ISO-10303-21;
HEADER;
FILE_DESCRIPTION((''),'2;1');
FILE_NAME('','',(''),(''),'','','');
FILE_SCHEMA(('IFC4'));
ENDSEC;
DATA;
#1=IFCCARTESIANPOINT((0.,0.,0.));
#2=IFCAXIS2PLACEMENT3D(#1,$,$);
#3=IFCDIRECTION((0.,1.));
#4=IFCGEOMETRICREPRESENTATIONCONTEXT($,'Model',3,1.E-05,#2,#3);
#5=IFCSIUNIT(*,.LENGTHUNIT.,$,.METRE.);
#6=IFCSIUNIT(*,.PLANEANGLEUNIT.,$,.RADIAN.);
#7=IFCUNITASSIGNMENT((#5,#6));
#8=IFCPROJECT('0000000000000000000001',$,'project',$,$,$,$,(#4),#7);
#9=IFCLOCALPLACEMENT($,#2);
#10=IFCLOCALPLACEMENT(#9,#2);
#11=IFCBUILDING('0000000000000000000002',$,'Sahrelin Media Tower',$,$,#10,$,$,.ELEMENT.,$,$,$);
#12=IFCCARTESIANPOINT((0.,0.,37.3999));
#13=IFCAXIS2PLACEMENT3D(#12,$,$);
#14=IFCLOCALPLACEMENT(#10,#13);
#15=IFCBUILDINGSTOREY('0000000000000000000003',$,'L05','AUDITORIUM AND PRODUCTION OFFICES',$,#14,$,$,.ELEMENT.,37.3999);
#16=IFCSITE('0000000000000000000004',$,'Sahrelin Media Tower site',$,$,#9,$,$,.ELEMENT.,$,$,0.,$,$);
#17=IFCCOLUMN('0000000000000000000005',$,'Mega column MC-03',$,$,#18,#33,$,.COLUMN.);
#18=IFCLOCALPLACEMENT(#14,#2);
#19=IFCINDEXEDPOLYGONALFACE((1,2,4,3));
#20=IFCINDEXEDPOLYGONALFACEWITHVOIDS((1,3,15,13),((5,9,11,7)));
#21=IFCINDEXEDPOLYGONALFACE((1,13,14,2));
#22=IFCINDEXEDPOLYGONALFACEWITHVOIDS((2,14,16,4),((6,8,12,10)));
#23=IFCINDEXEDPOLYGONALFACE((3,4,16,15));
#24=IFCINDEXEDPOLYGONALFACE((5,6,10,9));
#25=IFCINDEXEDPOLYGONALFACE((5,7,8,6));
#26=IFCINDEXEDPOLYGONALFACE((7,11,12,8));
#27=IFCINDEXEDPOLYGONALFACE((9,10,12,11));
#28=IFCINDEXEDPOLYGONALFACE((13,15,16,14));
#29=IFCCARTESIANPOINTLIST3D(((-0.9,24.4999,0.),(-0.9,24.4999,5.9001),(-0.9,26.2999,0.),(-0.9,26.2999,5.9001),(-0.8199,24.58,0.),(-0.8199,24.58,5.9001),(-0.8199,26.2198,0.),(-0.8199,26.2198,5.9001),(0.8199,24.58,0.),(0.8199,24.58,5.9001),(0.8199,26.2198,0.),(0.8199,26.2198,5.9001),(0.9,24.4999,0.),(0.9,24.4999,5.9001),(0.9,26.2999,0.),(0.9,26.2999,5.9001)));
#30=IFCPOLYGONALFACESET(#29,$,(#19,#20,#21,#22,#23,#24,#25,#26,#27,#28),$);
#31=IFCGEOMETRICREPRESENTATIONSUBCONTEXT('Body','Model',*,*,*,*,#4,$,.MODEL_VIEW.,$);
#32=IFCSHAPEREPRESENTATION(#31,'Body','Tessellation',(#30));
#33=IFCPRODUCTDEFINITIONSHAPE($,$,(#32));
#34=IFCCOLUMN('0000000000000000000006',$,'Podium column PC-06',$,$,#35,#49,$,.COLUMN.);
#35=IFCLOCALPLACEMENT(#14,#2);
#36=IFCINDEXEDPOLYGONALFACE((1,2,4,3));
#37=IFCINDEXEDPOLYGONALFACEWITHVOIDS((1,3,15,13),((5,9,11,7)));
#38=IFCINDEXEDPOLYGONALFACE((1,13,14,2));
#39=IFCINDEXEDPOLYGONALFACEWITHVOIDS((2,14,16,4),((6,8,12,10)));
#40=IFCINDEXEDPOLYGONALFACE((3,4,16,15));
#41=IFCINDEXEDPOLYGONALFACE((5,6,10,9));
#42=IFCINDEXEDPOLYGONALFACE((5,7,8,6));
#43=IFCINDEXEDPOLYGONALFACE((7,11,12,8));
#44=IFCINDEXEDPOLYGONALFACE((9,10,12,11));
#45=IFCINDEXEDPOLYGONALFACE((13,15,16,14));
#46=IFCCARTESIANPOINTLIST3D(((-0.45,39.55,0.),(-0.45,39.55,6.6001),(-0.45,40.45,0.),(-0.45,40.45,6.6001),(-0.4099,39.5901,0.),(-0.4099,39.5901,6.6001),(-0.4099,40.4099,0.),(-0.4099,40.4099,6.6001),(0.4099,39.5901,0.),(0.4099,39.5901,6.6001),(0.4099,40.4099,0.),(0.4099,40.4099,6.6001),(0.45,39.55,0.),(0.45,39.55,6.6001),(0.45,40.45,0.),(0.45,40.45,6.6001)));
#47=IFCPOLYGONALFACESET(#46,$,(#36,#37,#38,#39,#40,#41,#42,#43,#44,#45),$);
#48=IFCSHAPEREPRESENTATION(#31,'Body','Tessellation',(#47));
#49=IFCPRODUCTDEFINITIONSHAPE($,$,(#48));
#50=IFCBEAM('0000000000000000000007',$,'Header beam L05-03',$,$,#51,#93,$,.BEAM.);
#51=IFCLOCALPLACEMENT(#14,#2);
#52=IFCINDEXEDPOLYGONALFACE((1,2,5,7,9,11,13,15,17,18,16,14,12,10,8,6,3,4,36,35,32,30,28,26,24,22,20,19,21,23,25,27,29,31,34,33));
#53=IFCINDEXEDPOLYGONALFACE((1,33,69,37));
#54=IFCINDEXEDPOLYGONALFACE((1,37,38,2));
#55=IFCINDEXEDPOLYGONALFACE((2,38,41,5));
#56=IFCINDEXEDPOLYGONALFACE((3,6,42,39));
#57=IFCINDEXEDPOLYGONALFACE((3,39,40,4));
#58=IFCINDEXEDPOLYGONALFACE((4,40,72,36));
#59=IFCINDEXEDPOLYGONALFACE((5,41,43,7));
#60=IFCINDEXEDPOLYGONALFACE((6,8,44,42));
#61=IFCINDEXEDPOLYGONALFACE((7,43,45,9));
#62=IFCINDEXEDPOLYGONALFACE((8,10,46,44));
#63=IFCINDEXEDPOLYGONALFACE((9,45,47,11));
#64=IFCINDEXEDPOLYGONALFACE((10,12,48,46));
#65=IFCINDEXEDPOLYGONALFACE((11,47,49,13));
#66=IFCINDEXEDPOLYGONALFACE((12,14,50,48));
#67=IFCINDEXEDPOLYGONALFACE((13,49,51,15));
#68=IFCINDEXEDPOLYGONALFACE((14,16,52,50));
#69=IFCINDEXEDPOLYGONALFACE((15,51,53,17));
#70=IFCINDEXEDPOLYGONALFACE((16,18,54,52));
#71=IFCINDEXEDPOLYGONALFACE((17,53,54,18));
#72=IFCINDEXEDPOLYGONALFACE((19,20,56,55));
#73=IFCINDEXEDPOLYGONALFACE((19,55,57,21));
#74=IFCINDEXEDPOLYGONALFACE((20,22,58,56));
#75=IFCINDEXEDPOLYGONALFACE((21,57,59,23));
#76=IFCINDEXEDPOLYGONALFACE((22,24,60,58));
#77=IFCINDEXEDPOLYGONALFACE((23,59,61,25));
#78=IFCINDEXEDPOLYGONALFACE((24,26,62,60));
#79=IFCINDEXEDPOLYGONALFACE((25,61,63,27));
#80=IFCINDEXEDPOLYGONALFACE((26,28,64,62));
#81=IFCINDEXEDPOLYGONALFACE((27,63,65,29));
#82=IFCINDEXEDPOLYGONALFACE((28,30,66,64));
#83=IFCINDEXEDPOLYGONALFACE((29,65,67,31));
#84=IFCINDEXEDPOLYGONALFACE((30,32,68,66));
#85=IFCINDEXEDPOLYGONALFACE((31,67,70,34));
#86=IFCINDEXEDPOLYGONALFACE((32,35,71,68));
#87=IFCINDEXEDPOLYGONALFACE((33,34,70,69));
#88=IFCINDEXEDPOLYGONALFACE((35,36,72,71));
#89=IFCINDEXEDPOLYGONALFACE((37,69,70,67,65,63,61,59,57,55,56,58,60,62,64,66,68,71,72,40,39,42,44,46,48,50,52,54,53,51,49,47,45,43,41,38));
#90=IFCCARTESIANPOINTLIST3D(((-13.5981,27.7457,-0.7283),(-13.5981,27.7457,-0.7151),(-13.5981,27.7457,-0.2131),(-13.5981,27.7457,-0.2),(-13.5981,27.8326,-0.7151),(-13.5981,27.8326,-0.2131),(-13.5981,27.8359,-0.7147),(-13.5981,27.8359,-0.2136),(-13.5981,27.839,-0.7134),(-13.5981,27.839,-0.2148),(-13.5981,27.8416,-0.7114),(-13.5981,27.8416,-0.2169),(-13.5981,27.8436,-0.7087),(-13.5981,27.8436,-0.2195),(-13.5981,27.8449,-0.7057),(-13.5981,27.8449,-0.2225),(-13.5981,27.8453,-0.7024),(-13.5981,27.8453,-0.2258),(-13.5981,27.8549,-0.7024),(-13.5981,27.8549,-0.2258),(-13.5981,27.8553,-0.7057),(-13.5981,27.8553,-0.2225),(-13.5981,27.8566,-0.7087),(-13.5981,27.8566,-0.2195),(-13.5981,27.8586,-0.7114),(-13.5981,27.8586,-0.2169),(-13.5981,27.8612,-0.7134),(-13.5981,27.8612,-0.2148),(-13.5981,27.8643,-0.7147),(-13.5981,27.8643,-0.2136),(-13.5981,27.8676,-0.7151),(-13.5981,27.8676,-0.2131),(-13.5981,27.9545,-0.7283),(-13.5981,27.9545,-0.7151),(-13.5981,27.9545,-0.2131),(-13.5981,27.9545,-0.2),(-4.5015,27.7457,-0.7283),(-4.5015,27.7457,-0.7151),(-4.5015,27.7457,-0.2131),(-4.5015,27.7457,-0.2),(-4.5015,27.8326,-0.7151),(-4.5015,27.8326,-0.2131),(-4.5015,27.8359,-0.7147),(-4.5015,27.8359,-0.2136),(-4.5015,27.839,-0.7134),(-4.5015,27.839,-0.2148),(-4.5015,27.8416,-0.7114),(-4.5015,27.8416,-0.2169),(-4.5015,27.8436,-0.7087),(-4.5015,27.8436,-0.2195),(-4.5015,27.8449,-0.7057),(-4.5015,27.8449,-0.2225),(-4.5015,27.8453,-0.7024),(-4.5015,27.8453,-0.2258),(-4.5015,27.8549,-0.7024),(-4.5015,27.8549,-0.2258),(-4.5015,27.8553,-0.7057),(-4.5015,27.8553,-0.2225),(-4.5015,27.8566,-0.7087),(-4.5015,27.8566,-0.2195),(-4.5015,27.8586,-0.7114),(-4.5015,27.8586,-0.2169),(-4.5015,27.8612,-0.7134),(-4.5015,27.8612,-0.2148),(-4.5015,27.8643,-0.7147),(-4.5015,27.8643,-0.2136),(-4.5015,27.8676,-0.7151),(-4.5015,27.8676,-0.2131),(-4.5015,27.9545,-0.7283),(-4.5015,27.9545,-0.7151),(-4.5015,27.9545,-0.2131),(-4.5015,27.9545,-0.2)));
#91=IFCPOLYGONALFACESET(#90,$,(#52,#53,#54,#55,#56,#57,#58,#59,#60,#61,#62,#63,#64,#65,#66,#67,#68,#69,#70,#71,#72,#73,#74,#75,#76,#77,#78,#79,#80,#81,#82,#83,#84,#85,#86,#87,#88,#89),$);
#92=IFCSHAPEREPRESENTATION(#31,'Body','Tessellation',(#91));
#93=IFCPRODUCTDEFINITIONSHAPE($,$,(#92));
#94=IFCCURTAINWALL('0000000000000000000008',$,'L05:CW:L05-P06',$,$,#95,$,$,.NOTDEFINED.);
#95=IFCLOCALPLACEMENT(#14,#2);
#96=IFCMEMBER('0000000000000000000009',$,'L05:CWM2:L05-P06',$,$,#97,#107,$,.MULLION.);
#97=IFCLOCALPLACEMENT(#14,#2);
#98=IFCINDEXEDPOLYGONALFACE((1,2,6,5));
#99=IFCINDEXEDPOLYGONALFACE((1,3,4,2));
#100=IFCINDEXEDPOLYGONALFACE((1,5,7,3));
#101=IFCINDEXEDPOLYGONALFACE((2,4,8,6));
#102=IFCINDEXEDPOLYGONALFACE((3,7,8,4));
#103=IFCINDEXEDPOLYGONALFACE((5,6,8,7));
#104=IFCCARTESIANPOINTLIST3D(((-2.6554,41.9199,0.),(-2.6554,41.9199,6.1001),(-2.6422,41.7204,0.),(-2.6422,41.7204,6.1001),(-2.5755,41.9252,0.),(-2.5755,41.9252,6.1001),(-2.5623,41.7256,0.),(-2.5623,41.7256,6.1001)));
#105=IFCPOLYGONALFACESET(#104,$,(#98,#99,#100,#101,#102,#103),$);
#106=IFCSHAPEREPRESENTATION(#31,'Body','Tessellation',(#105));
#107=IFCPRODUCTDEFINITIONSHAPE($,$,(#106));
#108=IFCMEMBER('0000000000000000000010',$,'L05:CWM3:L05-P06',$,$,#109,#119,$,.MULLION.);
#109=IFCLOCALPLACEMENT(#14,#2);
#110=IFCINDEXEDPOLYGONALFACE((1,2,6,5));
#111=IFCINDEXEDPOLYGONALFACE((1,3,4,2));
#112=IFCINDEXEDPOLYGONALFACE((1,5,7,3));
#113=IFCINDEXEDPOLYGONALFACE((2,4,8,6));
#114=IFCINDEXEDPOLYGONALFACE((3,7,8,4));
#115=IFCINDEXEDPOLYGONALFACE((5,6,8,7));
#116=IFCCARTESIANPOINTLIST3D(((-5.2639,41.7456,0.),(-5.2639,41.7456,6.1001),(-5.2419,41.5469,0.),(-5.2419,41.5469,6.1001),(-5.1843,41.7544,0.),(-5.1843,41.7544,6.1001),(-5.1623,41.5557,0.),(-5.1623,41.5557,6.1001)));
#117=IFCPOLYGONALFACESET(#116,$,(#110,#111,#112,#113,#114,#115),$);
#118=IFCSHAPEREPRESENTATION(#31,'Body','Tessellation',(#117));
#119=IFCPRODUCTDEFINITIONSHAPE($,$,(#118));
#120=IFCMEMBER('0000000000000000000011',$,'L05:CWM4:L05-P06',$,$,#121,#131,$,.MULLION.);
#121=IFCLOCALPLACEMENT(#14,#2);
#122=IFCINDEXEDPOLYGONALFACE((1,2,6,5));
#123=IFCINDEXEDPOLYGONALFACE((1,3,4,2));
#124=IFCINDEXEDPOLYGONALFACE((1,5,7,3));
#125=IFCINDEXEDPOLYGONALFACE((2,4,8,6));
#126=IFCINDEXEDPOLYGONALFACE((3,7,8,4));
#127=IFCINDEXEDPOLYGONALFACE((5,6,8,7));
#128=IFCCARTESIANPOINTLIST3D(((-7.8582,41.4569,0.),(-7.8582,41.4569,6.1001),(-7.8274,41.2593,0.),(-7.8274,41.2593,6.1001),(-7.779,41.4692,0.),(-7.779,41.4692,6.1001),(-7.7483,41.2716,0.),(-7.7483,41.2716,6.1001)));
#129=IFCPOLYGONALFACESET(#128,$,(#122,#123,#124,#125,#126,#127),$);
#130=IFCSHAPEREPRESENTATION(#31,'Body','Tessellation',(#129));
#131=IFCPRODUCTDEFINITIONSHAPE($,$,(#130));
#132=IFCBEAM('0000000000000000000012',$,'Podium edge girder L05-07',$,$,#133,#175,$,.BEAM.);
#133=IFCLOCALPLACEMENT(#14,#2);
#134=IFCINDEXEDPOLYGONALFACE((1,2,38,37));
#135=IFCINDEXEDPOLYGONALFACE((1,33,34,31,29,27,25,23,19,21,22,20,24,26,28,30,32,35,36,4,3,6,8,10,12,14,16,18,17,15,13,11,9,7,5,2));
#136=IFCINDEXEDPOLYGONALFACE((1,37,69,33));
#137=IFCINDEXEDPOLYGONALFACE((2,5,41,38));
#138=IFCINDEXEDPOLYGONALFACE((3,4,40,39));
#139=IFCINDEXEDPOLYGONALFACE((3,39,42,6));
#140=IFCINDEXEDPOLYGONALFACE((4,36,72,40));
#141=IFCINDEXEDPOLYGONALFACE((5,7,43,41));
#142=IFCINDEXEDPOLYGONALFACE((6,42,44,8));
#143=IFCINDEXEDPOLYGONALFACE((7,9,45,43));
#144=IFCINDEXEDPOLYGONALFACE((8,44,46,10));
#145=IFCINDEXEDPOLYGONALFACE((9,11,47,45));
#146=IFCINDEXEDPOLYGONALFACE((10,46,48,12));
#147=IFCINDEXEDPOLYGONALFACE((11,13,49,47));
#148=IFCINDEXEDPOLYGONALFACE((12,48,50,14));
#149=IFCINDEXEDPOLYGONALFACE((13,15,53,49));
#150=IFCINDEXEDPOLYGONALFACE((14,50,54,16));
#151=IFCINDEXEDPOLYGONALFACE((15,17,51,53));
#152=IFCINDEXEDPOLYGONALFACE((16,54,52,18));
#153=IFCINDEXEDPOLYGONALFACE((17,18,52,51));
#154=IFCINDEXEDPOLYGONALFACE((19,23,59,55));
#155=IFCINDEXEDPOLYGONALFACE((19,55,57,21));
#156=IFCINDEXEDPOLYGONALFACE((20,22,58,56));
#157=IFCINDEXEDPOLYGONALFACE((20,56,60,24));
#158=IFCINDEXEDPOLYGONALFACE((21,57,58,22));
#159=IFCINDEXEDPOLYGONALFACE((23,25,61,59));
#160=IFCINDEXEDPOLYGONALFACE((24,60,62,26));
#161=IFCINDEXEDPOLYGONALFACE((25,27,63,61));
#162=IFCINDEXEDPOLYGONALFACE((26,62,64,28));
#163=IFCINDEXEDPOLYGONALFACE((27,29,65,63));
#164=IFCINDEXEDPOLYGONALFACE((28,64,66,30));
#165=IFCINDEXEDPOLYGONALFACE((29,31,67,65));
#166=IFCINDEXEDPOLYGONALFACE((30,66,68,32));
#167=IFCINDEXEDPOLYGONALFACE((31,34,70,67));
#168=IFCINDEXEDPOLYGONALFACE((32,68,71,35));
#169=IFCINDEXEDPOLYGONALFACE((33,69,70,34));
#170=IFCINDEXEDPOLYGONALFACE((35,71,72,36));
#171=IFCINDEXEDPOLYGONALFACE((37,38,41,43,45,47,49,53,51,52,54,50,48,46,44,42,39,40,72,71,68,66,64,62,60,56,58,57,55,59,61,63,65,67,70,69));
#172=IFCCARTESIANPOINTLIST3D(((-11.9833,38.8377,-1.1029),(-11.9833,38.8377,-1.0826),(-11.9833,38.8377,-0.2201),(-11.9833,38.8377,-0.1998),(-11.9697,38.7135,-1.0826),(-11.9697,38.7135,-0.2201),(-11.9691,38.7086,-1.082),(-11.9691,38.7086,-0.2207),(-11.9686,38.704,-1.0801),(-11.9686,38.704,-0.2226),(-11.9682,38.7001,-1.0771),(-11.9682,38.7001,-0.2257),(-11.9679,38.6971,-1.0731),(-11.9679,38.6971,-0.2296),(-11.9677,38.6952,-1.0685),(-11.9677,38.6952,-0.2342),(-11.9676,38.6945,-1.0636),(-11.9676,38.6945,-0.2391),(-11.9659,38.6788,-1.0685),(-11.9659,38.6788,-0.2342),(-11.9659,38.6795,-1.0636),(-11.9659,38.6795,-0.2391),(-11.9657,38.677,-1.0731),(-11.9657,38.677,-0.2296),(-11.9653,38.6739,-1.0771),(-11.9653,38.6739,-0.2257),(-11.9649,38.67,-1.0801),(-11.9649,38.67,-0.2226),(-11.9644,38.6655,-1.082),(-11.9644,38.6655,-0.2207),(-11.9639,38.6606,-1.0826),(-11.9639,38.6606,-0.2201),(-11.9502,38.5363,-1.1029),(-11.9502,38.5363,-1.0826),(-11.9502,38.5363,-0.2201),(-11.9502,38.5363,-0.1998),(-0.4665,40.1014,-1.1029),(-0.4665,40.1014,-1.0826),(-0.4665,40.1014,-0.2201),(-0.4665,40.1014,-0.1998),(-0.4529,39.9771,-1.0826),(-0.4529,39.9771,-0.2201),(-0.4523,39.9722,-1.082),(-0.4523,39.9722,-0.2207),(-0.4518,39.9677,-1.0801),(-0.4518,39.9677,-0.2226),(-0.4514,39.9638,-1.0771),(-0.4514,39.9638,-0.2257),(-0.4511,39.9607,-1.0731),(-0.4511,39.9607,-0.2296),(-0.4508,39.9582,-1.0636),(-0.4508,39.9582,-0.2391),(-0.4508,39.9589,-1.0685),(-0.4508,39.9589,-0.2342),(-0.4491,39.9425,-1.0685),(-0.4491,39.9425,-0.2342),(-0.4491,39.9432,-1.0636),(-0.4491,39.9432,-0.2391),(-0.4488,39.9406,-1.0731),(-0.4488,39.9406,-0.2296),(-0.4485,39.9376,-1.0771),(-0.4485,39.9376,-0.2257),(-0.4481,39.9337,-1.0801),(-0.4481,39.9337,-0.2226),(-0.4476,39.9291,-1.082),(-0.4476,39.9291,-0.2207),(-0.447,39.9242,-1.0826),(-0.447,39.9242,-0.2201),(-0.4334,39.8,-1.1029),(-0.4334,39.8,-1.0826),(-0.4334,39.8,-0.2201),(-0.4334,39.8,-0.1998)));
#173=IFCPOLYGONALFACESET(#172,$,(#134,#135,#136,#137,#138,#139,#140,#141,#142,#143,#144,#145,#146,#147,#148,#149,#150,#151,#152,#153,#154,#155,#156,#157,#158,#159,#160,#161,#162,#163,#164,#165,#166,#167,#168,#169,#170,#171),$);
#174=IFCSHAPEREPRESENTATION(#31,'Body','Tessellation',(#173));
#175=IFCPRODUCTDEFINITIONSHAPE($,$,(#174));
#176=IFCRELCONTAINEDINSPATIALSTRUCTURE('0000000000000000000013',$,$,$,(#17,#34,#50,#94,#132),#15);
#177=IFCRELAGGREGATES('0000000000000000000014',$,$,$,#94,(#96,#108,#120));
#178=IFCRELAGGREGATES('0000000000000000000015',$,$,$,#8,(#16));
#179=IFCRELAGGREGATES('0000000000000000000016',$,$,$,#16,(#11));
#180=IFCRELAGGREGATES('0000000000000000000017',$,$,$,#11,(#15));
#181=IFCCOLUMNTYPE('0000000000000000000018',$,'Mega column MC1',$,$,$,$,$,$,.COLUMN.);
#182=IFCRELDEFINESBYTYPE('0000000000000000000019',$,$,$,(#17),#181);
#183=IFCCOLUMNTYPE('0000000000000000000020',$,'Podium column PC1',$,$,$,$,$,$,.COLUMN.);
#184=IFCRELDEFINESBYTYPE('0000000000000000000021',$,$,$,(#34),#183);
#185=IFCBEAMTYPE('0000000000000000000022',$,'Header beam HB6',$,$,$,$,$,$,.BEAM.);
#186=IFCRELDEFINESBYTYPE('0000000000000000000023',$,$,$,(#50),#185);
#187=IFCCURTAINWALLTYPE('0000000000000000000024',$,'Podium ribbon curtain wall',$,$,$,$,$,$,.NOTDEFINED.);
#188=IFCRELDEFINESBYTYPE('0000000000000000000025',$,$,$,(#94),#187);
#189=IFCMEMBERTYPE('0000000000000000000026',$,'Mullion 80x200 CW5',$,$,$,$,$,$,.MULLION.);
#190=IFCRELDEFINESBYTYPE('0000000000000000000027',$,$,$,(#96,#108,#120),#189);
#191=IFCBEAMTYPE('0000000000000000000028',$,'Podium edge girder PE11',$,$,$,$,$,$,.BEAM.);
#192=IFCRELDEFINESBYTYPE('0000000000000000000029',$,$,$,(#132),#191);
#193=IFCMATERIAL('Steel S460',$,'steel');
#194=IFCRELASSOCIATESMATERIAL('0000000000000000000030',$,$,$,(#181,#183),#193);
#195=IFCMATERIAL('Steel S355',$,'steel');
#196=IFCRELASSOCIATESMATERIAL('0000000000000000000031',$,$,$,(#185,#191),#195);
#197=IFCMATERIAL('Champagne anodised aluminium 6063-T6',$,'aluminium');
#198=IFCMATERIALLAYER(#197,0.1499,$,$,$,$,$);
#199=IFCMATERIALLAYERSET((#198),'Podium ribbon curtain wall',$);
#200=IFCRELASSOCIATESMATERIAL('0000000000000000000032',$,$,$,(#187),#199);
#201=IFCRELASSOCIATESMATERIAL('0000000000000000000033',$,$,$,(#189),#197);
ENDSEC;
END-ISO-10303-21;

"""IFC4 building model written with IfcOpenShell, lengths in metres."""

from ifc_helpers import new_model, si_unit, direction, frame, origin, origin_2d, place, context, subcontext, project, spatial, rectangle, hollow_rectangle, i_section, extrude, material, layer, layer_set, material_profile, profile_set, type_object, element, aggregate, save


model = new_model("IFC4")

# Units and contexts
model_context = context("Model", 3, precision=1e-05, world=origin(), true_north=direction((0.0, 1.0)))
body_context = subcontext(model_context, "Body", "Model", "MODEL_VIEW")
ifc_project = project(units=[si_unit("LENGTHUNIT", "METRE"), si_unit("PLANEANGLEUNIT", "RADIAN")], contexts=[model_context])

# Site, building, storey
site_placement = place(None, origin())
site = spatial("IfcSite", under=ifc_project, at=site_placement, Name="Sahrelin Media Tower site", CompositionType="ELEMENT", RefElevation=0.0)
building_placement = place(site_placement, origin())
building = spatial("IfcBuilding", under=site, at=building_placement, Name="Sahrelin Media Tower", CompositionType="ELEMENT")
storey_placement = place(building_placement, frame((0.0, 0.0, 37.3999)))
storey = spatial("IfcBuildingStorey", under=building, at=storey_placement, Name="L05", Description="AUDITORIUM AND PRODUCTION OFFICES", CompositionType="ELEMENT", Elevation=37.3999)

# Columns
ifc_material_1 = material(Name="Steel S460", Category="steel")
ifc_material_profile_1 = material_profile(ifc_material_1, hollow_rectangle(XDim=1.8, YDim=1.8, WallThickness=0.0801, at=origin_2d()), Name="Mega column MC1")
ifc_profile_set_1 = profile_set([ifc_material_profile_1], Name="Steel S460")
column_type_1 = type_object("IfcColumnType", Name="Mega column MC1", PredefinedType="COLUMN", material=ifc_profile_set_1)
column_1_placement = place(storey_placement, frame((0.0, 25.3999, 0.0), z_axis=(0.0, 0.0, 1.0), x_axis=(0.0, 1.0, 0.0)))
element("IfcColumn", 1, at=column_1_placement, inside=storey, type_object=column_type_1, Name="Mega column MC-03", PredefinedType="COLUMN", context=body_context, shape_type="SweptSolid", body=[
    extrude(hollow_rectangle(XDim=1.8, YDim=1.8, WallThickness=0.0801, at=origin_2d()), origin(), (0.0, 0.0, 1.0), 5.9001),
])
ifc_material_profile_2 = material_profile(ifc_material_1, hollow_rectangle(XDim=0.8999, YDim=0.8999, WallThickness=0.04, at=origin_2d()), Name="Podium column PC1")
ifc_profile_set_2 = profile_set([ifc_material_profile_2], Name="Steel S460")
column_type_2 = type_object("IfcColumnType", Name="Podium column PC1", PredefinedType="COLUMN", material=ifc_profile_set_2)
column_2_placement = place(storey_placement, frame((0.0, 40.0, 0.0), z_axis=(0.0, 0.0, 1.0), x_axis=(0.0, 1.0, 0.0)))
element("IfcColumn", 2, at=column_2_placement, inside=storey, type_object=column_type_2, Name="Podium column PC-06", PredefinedType="COLUMN", context=body_context, shape_type="SweptSolid", body=[
    extrude(hollow_rectangle(XDim=0.8999, YDim=0.8999, WallThickness=0.04, at=origin_2d()), origin(), (0.0, 0.0, 1.0), 6.6001),
])

# Beam
ifc_material_2 = material(Name="Steel S355", Category="steel")
ifc_material_profile_3 = material_profile(ifc_material_2, i_section(OverallWidth=0.2087, OverallDepth=0.5283, WebThickness=0.0095, FlangeThickness=0.0132, FilletRadius=0.0127, at=origin_2d()), Name="UB 533x210x82")
ifc_profile_set_3 = profile_set([ifc_material_profile_3], Name="Steel S355")
beam_type_1 = type_object("IfcBeamType", Name="Header beam HB6", PredefinedType="BEAM", material=ifc_profile_set_3)
beam_1_placement = place(storey_placement, frame((-4.5015, 27.8501, -0.4641), z_axis=(-1.0, 0.0, 0.0), x_axis=(0.0, -1.0, 0.0)))
element("IfcBeam", 3, at=beam_1_placement, inside=storey, type_object=beam_type_1, Name="Header beam L05-03", PredefinedType="BEAM", context=body_context, shape_type="SweptSolid", body=[
    extrude(i_section(OverallWidth=0.2087, OverallDepth=0.5283, WebThickness=0.0095, FlangeThickness=0.0132, FilletRadius=0.0127, at=origin_2d()), origin(), (0.0, 0.0, 1.0), 9.0967),
])

# Curtain wall, members
ifc_material_3 = material(Name="Champagne anodised aluminium 6063-T6", Category="aluminium")
ifc_layer_1 = layer(ifc_material_3, 0.1499)
ifc_layer_set_1 = layer_set([ifc_layer_1], Name="Podium ribbon curtain wall")
curtain_wall_type = type_object("IfcCurtainWallType", Name="Podium ribbon curtain wall", PredefinedType="NOTDEFINED", material=ifc_layer_set_1)
curtain_wall_placement = place(storey_placement, frame((0.0, 42.0, 0.0), z_axis=(0.0, 0.0, 1.0), x_axis=(1.0, 0.0, 0.0)))
curtain_wall = element("IfcCurtainWall", 4, at=curtain_wall_placement, inside=storey, type_object=curtain_wall_type, Name="L05:CW:L05-P06", PredefinedType="NOTDEFINED")
ifc_material_profile_4 = material_profile(ifc_material_3, rectangle(XDim=0.0801, YDim=0.2, at=origin_2d()), Name="Mullion 80x200")
ifc_profile_set_4 = profile_set([ifc_material_profile_4], Name="Champagne anodised aluminium 6063-T6")
member_type_1 = type_object("IfcMemberType", Name="Mullion 80x200 CW5", PredefinedType="MULLION", material=ifc_profile_set_4)
member_1_placement = place(storey_placement, frame((-2.6089, 41.8228, 0.0), z_axis=(0.0, 0.0, 1.0), x_axis=(-0.997822, -0.065959, 0.0)))
member_1 = element("IfcMember", 5, at=member_1_placement, type_object=member_type_1, Name="L05:CWM2:L05-P06", PredefinedType="MULLION", context=body_context, shape_type="SweptSolid", body=[
    extrude(rectangle(XDim=0.0801, YDim=0.2, at=origin_2d()), origin(), (0.0, 0.0, 1.0), 6.1001),
])
member_2_placement = place(storey_placement, frame((-5.2131, 41.6506, 0.0), z_axis=(0.0, 0.0, 1.0), x_axis=(-0.993941, -0.109915, 0.0)))
member_2 = element("IfcMember", 6, at=member_2_placement, type_object=member_type_1, Name="L05:CWM3:L05-P06", PredefinedType="MULLION", context=body_context, shape_type="SweptSolid", body=[
    extrude(rectangle(XDim=0.0801, YDim=0.2, at=origin_2d()), origin(), (0.0, 0.0, 1.0), 6.1001),
])
member_3_placement = place(storey_placement, frame((-7.8032, 41.3643, 0.0), z_axis=(0.0, 0.0, 1.0), x_axis=(-0.988098, -0.153826, 0.0)))
member_3 = element("IfcMember", 7, at=member_3_placement, type_object=member_type_1, Name="L05:CWM4:L05-P06", PredefinedType="MULLION", context=body_context, shape_type="SweptSolid", body=[
    extrude(rectangle(XDim=0.0801, YDim=0.2, at=origin_2d()), origin(), (0.0, 0.0, 1.0), 6.1001),
])

# Beam
ifc_material_profile_5 = material_profile(ifc_material_2, i_section(OverallWidth=0.3032, OverallDepth=0.9031, WebThickness=0.0151, FlangeThickness=0.0203, FilletRadius=0.019, at=origin_2d()), Name="UB 914x305x201")
ifc_profile_set_5 = profile_set([ifc_material_profile_5], Name="Steel S355")
beam_type_2 = type_object("IfcBeamType", Name="Podium edge girder PE11", PredefinedType="BEAM", material=ifc_profile_set_5)
beam_2_placement = place(storey_placement, frame((-0.45, 39.9507, -0.6514), z_axis=(-0.994034, -0.109069, 0.0), x_axis=(0.109069, -0.994034, 0.0)))
element("IfcBeam", 8, at=beam_2_placement, inside=storey, type_object=beam_type_2, Name="Podium edge girder L05-07", PredefinedType="BEAM", context=body_context, shape_type="SweptSolid", body=[
    extrude(i_section(OverallWidth=0.3032, OverallDepth=0.9031, WebThickness=0.0151, FlangeThickness=0.0203, FilletRadius=0.019, at=origin_2d()), origin(), (0.0, 0.0, 1.0), 11.5859),
])

aggregate(curtain_wall, [member_1, member_2, member_3])

save(model, "model.ifc")
